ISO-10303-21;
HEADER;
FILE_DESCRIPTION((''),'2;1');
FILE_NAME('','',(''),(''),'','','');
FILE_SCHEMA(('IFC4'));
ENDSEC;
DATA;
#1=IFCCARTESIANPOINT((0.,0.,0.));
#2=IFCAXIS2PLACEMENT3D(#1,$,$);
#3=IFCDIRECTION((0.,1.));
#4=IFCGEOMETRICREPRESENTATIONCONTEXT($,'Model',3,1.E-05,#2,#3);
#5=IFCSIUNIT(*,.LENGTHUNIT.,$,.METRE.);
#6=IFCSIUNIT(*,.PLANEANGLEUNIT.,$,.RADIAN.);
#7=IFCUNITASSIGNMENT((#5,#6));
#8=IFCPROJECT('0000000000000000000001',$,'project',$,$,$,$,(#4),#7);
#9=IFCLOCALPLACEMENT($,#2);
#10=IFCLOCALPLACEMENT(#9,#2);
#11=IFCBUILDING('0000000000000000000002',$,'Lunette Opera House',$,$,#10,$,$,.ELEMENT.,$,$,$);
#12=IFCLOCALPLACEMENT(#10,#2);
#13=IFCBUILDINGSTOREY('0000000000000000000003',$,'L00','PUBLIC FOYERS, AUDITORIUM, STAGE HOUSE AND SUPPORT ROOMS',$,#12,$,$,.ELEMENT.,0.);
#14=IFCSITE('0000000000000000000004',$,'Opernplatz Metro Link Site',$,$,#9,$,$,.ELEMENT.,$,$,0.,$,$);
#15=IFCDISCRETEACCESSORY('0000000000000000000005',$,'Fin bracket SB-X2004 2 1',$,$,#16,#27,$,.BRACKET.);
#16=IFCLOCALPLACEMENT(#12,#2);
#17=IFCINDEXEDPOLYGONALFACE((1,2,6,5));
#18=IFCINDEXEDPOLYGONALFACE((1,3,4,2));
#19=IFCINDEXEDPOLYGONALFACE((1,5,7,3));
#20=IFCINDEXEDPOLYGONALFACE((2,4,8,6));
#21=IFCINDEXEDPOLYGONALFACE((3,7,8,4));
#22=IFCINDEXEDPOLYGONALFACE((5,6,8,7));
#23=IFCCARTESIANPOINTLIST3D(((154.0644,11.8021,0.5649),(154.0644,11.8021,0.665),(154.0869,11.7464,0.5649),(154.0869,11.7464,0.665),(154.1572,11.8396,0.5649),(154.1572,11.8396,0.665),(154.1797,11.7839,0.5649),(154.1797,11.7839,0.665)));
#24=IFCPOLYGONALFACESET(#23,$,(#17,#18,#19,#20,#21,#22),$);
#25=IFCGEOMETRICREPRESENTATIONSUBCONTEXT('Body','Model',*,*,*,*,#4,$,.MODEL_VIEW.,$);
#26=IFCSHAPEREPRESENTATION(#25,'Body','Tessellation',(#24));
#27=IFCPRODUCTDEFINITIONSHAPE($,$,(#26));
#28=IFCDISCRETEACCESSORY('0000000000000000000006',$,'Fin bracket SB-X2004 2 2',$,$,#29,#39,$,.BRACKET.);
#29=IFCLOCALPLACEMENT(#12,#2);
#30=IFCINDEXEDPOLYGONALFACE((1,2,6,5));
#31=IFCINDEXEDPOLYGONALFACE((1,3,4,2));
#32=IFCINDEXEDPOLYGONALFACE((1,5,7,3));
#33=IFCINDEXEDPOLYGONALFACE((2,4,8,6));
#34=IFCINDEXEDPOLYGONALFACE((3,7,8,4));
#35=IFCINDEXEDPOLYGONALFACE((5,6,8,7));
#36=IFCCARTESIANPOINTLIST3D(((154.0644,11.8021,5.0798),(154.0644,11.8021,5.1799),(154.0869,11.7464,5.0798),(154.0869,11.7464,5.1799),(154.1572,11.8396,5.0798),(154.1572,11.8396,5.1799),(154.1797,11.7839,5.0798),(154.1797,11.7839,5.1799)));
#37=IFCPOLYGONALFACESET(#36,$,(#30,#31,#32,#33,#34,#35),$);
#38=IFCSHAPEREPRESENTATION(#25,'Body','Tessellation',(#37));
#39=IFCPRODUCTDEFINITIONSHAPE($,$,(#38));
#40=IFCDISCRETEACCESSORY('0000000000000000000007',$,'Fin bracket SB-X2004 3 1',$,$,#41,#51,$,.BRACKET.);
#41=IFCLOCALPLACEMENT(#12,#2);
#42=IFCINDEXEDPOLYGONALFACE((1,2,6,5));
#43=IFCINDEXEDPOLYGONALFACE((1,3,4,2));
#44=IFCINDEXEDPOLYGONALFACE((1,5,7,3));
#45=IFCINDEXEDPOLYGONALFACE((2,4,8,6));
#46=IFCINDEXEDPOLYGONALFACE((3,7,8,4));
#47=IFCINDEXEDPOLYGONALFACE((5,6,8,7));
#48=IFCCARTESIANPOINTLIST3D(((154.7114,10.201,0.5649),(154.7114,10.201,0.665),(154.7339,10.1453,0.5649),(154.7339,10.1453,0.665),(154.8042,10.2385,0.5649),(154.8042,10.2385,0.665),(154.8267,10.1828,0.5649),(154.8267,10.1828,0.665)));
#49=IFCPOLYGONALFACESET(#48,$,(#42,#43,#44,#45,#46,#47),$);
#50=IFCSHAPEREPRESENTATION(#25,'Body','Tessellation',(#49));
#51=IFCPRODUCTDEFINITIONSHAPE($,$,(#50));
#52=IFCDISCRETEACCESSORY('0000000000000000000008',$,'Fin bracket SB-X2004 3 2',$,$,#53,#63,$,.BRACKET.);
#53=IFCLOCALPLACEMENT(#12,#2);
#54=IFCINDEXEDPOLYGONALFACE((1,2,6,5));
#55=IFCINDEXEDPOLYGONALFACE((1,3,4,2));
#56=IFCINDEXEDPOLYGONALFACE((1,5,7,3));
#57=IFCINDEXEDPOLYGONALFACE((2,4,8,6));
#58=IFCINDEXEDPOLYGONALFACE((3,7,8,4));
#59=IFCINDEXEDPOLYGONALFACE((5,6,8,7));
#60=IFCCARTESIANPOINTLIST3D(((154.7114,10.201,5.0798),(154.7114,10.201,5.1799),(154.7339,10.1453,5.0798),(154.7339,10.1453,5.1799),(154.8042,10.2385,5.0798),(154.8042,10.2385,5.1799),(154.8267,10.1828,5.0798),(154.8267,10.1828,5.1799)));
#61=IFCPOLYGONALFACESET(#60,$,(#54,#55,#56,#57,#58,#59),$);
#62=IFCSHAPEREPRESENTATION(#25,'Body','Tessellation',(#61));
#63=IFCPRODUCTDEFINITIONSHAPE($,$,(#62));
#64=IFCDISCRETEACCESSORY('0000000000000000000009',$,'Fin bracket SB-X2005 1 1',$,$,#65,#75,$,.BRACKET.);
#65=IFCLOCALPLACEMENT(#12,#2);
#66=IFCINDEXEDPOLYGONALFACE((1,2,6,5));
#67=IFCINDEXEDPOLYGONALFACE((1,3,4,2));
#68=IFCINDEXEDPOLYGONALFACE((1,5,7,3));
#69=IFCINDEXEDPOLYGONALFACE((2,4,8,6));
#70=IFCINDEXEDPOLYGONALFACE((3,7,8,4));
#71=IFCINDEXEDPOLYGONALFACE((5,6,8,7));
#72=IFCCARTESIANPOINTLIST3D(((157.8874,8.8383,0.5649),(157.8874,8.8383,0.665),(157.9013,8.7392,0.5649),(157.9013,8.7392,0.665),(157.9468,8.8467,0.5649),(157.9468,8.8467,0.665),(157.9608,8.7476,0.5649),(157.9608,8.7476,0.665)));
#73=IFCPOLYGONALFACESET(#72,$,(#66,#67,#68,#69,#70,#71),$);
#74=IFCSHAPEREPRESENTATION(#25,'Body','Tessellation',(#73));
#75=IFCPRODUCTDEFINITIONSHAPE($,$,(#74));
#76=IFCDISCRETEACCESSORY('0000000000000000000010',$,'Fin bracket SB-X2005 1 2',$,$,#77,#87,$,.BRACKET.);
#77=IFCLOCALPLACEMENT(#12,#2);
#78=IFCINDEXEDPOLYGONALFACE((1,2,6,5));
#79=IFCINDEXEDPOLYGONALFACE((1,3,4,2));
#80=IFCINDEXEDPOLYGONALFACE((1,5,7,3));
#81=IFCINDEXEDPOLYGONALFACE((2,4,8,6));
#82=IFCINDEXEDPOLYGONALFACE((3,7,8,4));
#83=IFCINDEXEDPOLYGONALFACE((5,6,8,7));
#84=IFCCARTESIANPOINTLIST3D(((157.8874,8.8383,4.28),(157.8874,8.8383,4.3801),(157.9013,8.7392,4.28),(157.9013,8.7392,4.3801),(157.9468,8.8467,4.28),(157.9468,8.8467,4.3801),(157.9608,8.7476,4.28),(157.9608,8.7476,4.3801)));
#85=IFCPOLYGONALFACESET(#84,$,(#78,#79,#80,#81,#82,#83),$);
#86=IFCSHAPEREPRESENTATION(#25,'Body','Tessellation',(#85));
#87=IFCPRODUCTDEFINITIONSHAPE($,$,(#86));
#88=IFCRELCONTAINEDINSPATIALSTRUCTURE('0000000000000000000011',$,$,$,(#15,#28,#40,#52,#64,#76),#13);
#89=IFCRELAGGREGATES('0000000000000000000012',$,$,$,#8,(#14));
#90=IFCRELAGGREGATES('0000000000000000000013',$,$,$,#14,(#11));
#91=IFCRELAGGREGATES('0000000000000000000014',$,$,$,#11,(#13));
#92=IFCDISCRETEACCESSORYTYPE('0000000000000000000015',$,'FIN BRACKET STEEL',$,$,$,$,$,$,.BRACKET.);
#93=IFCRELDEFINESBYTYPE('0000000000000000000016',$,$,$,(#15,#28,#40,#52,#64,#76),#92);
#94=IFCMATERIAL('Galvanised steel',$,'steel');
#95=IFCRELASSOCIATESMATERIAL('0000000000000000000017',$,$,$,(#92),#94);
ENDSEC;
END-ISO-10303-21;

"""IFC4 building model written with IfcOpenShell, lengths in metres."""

from ifc_helpers import new_model, si_unit, direction, frame, origin, origin_2d, place, context, subcontext, project, spatial, rectangle, extrude, material, type_object, element, save


model = new_model("IFC4")

# Units and contexts
model_context = context("Model", 3, precision=1e-05, world=origin(), true_north=direction((0.0, 1.0)))
body_context = subcontext(model_context, "Body", "Model", "MODEL_VIEW")
ifc_project = project(units=[si_unit("LENGTHUNIT", "METRE"), si_unit("PLANEANGLEUNIT", "RADIAN")], contexts=[model_context])

# Site, building, storey
site_placement = place(None, origin())
site = spatial("IfcSite", under=ifc_project, at=site_placement, Name="Opernplatz Metro Link Site", CompositionType="ELEMENT", RefElevation=0.0)
building_placement = place(site_placement, origin())
building = spatial("IfcBuilding", under=site, at=building_placement, Name="Lunette Opera House", CompositionType="ELEMENT")
storey_placement = place(building_placement, origin())
storey = spatial("IfcBuildingStorey", under=building, at=storey_placement, Name="L00", Description="PUBLIC FOYERS, AUDITORIUM, STAGE HOUSE AND SUPPORT ROOMS", CompositionType="ELEMENT", Elevation=0.0)

# Discrete accessories
ifc_material_1 = material(Name="Galvanised steel", Category="steel")
discrete_accessory_type = type_object("IfcDiscreteAccessoryType", Name="FIN BRACKET STEEL", PredefinedType="BRACKET", material=ifc_material_1)
for number, where, z_axis, x_axis, name in (
    (1, (154.1221, 11.793, 0.5649), (0.0, 0.0, 1.0), (-0.927183, -0.37461, 0.0), "Fin bracket SB-X2004 2 1"),
    (2, (154.1221, 11.793, 5.0798), (0.0, 0.0, 1.0), (-0.927183, -0.37461, 0.0), "Fin bracket SB-X2004 2 2"),
    (3, (154.769, 10.1919, 0.5649), (0.0, 0.0, 1.0), (-0.927183, -0.37461, 0.0), "Fin bracket SB-X2004 3 1"),
    (4, (154.769, 10.1919, 5.0798), (0.0, 0.0, 1.0), (-0.927183, -0.37461, 0.0), "Fin bracket SB-X2004 3 2"),
    (5, (157.9241, 8.793, 0.5649), (0.0, 0.0, 1.0), (0.139209, -0.990263, 0.0), "Fin bracket SB-X2005 1 1"),
    (6, (157.9241, 8.793, 4.28), (0.0, 0.0, 1.0), (0.139209, -0.990263, 0.0), "Fin bracket SB-X2005 1 2"),
):
    element("IfcDiscreteAccessory", number, at=place(storey_placement, frame(where, z_axis=z_axis, x_axis=x_axis)), inside=storey, type_object=discrete_accessory_type, Name=name, PredefinedType="BRACKET", context=body_context, shape_type="SweptSolid", body=[
        extrude(rectangle(XDim=0.1001, YDim=0.0601, at=origin_2d()), origin(), (0.0, 0.0, 1.0), 0.1001),
    ])

save(model, "model.ifc")
